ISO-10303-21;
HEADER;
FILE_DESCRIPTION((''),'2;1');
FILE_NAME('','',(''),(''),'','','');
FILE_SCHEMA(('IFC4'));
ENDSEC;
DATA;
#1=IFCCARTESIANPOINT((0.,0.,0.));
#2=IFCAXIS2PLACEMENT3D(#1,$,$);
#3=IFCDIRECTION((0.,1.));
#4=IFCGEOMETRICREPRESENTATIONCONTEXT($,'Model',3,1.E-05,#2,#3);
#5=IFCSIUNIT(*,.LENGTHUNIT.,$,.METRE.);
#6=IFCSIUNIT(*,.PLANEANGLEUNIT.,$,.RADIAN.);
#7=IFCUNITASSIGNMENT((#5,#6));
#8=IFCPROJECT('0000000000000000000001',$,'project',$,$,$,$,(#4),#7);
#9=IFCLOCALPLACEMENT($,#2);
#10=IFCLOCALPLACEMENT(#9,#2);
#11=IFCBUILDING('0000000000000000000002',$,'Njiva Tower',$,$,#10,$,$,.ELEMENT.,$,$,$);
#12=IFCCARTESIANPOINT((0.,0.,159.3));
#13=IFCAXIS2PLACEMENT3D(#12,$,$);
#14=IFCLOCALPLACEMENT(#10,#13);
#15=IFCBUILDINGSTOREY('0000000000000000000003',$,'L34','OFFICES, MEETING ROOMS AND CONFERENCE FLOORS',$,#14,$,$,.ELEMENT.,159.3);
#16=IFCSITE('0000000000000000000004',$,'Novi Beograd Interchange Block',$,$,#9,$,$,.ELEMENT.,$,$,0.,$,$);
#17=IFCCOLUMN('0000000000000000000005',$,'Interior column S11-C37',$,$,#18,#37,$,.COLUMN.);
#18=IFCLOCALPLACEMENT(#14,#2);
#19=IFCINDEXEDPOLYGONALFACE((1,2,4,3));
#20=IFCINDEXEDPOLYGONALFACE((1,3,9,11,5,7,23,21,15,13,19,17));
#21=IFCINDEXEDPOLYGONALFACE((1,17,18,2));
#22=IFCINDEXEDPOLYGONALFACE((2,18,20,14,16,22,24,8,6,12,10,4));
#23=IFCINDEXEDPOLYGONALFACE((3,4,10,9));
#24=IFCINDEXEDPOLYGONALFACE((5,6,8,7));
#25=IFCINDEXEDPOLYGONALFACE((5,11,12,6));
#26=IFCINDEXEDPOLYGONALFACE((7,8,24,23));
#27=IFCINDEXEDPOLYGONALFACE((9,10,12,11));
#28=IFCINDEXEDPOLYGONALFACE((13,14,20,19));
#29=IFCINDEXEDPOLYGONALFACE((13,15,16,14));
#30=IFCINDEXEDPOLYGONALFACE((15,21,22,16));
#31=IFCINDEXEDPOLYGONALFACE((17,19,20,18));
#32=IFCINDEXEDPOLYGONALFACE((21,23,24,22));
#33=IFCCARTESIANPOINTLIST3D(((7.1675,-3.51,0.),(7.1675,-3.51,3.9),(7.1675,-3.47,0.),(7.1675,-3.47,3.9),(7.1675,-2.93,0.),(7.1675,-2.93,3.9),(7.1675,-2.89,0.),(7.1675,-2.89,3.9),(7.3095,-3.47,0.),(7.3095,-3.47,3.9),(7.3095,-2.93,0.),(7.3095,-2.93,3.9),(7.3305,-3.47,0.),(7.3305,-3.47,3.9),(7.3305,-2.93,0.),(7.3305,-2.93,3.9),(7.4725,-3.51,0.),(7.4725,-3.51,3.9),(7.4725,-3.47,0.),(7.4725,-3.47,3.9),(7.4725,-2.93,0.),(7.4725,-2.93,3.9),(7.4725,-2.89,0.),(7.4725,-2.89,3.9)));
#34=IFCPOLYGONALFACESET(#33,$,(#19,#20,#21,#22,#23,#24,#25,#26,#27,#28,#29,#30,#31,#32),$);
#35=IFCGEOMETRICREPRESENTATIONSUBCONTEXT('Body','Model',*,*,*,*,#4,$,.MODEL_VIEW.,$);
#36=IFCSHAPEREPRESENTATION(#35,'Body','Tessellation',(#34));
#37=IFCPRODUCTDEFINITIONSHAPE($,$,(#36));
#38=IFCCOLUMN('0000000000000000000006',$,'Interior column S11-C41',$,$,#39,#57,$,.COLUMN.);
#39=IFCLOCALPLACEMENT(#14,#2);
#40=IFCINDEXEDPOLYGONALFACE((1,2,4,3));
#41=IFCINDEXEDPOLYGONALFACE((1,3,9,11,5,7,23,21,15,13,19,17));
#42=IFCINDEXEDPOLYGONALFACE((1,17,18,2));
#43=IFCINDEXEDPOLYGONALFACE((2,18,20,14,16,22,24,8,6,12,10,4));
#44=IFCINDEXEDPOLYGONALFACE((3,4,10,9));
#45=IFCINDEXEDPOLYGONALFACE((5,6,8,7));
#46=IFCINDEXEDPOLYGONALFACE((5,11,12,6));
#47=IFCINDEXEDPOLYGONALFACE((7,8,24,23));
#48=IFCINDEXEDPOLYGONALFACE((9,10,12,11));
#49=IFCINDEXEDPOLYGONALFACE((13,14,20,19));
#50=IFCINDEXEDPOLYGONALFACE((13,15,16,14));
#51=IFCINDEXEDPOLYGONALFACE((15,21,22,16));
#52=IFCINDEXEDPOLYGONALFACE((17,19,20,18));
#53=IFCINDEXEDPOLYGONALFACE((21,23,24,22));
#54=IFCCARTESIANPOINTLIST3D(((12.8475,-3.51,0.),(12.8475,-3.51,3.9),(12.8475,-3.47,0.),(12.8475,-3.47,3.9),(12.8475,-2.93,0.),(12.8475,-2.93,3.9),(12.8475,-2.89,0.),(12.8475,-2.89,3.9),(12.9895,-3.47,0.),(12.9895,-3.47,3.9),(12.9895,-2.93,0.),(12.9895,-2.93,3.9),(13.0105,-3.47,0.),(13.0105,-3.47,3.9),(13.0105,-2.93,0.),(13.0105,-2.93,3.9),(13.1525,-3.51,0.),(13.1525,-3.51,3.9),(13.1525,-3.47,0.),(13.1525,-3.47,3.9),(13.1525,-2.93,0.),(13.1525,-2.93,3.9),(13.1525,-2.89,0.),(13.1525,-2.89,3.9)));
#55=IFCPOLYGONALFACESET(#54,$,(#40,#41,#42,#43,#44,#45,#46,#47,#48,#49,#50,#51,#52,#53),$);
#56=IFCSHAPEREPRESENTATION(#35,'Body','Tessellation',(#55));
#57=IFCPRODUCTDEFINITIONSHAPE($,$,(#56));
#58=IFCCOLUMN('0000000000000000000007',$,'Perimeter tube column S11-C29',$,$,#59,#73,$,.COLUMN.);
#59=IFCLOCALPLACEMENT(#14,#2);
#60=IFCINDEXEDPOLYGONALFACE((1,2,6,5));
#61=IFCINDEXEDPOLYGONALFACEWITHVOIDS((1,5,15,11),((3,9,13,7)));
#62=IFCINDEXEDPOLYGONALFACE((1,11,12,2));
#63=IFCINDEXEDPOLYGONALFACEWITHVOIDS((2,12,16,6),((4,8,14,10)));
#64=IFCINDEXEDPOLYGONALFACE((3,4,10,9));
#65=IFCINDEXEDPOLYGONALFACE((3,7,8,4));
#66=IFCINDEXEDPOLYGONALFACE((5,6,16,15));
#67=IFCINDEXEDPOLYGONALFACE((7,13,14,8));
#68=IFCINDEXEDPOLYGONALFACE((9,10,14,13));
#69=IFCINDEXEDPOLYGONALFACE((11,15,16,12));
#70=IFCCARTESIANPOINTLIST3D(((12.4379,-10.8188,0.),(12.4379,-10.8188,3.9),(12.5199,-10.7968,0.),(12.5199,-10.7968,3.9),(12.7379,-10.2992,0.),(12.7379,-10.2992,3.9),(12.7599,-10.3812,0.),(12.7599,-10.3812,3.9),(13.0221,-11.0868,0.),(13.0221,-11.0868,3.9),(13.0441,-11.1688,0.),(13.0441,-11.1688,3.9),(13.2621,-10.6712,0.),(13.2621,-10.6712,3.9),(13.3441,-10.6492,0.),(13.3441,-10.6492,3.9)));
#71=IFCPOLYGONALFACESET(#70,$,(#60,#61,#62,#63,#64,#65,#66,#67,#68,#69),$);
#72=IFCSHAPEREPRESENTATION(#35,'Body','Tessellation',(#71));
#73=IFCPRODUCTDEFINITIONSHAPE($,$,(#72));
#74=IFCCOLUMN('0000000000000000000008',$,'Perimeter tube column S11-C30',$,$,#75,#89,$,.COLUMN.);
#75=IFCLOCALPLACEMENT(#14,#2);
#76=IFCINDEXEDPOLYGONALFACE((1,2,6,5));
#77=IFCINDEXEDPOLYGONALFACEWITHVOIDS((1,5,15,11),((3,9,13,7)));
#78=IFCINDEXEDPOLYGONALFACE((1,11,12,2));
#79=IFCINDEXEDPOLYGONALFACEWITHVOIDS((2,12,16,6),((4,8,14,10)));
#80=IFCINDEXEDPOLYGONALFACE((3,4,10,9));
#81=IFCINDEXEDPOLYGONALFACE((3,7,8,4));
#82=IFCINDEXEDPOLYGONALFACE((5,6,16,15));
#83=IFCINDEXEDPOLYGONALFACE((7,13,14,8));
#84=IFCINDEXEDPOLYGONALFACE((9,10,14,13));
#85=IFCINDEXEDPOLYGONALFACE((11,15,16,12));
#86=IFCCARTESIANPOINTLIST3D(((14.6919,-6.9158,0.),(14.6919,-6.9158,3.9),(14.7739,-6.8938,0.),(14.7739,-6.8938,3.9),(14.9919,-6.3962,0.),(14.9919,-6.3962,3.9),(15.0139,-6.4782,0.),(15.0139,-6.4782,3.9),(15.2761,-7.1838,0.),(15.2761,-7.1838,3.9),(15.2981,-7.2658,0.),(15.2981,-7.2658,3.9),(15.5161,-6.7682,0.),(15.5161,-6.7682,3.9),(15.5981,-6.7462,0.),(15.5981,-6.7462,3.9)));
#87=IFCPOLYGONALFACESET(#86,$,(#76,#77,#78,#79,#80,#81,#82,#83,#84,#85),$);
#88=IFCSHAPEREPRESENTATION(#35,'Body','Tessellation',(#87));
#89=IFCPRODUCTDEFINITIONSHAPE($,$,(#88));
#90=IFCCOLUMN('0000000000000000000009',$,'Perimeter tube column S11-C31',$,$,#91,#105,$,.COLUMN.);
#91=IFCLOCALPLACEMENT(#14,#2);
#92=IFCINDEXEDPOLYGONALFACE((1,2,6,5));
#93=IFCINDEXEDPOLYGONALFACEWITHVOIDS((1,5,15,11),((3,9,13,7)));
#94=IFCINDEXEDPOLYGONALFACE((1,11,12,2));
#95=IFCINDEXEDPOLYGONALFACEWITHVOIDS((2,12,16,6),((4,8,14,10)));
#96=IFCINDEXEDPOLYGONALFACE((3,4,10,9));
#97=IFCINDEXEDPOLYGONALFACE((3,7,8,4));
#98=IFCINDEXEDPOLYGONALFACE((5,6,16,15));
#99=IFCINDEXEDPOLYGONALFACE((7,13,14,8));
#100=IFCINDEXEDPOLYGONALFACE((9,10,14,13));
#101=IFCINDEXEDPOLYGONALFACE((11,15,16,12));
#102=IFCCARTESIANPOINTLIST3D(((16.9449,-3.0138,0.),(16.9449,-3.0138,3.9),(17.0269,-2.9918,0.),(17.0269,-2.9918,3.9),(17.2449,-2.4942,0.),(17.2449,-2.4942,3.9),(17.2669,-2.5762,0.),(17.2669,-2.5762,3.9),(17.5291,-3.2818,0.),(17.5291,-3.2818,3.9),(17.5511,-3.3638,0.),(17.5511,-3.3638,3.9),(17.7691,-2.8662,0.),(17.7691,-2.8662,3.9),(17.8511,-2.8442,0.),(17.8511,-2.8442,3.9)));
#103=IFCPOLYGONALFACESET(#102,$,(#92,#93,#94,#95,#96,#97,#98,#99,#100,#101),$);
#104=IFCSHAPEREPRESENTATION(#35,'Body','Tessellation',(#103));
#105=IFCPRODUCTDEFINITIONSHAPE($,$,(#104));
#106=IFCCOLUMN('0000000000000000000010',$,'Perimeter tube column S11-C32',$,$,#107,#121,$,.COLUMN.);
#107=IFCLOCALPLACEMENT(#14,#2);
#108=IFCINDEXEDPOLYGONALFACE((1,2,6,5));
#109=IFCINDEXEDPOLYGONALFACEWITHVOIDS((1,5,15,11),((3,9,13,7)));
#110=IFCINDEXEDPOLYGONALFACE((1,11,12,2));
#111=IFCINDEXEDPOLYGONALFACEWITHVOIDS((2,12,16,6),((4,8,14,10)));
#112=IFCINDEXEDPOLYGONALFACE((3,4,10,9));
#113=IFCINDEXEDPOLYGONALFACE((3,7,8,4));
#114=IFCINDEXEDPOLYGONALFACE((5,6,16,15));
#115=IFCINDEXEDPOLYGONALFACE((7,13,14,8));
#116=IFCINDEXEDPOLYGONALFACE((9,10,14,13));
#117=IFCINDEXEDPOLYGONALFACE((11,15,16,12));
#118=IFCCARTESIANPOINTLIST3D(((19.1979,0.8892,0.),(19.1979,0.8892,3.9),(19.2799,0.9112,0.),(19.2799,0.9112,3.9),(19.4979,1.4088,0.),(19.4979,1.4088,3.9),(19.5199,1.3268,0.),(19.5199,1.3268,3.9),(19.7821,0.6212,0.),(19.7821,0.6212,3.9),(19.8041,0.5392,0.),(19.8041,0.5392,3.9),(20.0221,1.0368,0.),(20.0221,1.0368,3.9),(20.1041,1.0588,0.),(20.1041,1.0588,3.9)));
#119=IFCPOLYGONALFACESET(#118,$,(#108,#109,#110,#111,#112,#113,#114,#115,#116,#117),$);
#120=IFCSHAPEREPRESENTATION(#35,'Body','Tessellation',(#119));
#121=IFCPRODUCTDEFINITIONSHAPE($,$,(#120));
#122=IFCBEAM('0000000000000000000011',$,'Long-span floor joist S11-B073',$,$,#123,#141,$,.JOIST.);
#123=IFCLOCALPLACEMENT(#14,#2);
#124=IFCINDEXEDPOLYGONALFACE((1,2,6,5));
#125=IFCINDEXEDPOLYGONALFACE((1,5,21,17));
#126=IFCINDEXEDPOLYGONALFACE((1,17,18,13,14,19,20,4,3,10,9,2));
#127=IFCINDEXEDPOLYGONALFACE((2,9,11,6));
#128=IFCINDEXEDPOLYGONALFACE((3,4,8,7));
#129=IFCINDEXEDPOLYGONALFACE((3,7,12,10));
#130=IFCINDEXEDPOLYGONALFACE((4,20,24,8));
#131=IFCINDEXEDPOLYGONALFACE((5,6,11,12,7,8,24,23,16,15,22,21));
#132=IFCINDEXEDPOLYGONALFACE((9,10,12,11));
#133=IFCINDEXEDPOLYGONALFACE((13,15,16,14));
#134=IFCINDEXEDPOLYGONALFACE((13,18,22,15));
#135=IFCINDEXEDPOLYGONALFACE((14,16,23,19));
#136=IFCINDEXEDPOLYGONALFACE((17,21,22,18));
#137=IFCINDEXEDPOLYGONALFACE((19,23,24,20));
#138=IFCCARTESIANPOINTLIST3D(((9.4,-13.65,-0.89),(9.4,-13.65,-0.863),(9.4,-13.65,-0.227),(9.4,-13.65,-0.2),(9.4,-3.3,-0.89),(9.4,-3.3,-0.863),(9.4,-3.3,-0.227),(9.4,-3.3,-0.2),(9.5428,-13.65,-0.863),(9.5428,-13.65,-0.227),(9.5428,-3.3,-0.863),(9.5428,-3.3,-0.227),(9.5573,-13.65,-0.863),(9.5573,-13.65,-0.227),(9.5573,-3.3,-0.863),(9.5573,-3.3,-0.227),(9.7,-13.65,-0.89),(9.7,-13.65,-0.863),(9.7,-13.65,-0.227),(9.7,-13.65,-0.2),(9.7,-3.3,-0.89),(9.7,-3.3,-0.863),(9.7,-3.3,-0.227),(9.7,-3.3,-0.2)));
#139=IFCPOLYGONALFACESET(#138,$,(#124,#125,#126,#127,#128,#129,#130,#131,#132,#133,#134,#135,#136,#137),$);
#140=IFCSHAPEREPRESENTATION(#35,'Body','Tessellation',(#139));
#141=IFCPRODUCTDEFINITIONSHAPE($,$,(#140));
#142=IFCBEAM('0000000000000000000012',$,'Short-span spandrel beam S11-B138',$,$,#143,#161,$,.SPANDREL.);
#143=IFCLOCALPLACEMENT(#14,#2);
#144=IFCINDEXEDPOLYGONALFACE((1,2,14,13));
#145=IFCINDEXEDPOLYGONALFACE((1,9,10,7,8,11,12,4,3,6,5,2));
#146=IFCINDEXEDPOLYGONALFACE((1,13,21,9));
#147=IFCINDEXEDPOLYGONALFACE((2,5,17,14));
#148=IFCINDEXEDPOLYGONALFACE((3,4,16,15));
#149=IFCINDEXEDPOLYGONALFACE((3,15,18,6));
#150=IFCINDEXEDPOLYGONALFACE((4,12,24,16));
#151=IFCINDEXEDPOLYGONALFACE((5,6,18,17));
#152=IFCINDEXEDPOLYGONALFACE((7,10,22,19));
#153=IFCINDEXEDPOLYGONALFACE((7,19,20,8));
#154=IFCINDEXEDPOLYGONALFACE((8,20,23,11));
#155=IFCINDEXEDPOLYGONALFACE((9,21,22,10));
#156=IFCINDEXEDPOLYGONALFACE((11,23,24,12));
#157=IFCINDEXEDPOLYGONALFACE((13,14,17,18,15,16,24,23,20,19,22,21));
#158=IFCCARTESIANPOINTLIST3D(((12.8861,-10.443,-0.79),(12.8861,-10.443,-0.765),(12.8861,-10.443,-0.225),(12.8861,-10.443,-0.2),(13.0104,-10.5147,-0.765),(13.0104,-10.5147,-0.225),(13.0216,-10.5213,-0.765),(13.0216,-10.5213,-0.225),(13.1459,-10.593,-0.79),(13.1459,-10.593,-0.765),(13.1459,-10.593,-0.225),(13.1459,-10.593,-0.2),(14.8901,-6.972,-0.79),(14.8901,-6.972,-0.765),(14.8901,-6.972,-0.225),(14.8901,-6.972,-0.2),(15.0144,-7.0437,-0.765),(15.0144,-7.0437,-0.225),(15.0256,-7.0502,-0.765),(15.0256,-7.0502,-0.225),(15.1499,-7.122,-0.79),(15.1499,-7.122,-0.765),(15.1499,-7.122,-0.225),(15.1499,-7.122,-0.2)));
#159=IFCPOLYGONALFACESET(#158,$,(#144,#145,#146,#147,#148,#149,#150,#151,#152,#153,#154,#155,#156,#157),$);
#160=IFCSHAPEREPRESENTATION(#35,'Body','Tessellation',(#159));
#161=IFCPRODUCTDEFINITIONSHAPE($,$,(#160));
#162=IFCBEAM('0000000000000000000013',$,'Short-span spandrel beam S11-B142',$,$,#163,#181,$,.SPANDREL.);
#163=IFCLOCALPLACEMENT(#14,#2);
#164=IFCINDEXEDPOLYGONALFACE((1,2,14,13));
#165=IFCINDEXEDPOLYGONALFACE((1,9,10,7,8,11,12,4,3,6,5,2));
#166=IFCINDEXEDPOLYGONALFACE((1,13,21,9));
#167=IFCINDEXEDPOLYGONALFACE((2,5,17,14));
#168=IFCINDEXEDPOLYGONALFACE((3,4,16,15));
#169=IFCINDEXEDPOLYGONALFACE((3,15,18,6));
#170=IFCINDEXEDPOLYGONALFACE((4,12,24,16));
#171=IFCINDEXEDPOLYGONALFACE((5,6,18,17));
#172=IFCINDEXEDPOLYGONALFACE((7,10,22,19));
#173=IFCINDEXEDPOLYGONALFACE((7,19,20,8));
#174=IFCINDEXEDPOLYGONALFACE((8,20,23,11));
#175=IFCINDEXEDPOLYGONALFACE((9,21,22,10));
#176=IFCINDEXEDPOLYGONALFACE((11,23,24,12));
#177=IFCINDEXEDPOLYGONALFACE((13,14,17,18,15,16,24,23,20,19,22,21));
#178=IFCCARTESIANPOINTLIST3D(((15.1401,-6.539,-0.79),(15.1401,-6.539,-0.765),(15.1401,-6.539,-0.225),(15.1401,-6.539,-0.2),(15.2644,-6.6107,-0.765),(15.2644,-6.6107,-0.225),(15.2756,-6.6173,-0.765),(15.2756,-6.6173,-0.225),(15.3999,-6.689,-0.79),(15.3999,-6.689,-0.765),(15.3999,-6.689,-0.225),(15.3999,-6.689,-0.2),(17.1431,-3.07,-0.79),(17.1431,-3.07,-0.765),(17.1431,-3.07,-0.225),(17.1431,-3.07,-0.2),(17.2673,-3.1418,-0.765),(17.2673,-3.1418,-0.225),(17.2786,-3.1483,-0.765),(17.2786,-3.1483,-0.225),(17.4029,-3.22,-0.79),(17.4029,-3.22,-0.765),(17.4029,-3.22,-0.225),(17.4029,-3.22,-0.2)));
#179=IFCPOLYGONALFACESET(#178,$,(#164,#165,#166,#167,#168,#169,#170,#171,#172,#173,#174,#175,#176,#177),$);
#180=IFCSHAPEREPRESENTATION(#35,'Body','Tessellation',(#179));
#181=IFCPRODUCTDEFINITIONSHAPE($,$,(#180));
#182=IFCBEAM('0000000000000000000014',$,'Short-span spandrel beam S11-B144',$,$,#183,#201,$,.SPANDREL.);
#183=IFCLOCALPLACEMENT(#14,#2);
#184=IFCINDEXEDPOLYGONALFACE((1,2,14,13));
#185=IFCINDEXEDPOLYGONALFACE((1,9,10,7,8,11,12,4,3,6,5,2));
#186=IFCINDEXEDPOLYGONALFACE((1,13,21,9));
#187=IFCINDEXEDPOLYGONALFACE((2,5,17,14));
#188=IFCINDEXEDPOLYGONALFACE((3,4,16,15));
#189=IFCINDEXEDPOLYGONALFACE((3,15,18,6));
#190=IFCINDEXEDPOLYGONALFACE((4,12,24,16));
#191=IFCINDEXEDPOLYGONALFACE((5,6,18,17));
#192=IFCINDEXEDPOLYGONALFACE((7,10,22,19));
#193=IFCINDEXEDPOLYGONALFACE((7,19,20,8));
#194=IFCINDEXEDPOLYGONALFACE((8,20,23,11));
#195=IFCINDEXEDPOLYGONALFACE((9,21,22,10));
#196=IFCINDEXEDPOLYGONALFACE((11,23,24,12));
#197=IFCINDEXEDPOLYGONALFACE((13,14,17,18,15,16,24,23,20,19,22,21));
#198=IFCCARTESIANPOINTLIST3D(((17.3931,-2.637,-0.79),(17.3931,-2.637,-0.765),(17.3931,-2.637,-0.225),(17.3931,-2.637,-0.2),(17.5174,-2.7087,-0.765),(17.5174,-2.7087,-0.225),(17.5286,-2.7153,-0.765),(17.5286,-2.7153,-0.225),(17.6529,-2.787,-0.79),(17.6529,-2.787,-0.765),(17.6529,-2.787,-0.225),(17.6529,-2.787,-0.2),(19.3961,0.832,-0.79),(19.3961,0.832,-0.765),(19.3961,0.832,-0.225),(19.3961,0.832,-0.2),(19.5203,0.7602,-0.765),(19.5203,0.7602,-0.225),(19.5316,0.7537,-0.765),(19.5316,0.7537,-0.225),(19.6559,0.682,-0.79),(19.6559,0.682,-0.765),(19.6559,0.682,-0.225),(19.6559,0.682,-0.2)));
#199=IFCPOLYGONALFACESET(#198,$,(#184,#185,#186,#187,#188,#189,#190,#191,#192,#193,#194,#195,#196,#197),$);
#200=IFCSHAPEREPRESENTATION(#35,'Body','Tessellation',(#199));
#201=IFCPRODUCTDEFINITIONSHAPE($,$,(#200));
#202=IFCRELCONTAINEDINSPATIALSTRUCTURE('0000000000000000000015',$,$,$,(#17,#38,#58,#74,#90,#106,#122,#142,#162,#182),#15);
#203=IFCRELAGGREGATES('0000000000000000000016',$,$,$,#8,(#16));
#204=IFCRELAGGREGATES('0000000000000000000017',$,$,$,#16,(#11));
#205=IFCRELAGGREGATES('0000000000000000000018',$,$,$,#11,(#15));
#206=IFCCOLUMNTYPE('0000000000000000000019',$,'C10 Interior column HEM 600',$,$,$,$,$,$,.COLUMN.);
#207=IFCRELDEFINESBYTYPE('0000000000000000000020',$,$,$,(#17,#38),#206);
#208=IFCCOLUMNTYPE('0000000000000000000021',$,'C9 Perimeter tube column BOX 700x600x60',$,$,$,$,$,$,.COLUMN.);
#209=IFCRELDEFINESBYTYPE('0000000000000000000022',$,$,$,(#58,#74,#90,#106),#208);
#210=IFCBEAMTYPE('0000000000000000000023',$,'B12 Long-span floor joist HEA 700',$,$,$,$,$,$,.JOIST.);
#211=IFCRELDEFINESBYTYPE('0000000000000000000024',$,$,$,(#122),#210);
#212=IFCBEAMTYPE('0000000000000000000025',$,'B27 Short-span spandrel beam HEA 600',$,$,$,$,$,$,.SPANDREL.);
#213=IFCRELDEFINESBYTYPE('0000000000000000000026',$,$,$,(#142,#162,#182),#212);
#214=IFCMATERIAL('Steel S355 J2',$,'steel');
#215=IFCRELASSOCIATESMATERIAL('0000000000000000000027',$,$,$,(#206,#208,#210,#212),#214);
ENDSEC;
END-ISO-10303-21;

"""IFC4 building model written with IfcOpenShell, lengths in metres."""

from ifc_helpers import new_model, si_unit, direction, frame, origin, origin_2d, place, context, subcontext, project, spatial, hollow_rectangle, i_section, extrude, material, material_profile, profile_set, type_object, element, save


model = new_model("IFC4")

# Units and contexts
model_context = context("Model", 3, precision=1e-05, world=origin(), true_north=direction((0.0, 1.0)))
body_context = subcontext(model_context, "Body", "Model", "MODEL_VIEW")
ifc_project = project(units=[si_unit("LENGTHUNIT", "METRE"), si_unit("PLANEANGLEUNIT", "RADIAN")], contexts=[model_context])

# Site, building, storey
site_placement = place(None, origin())
site = spatial("IfcSite", under=ifc_project, at=site_placement, Name="Novi Beograd Interchange Block", CompositionType="ELEMENT", RefElevation=0.0)
building_placement = place(site_placement, origin())
building = spatial("IfcBuilding", under=site, at=building_placement, Name="Njiva Tower", CompositionType="ELEMENT")
storey_placement = place(building_placement, frame((0.0, 0.0, 159.3)))
storey = spatial("IfcBuildingStorey", under=building, at=storey_placement, Name="L34", Description="OFFICES, MEETING ROOMS AND CONFERENCE FLOORS", CompositionType="ELEMENT", Elevation=159.3)

# Columns
ifc_material_1 = material(Name="Steel S355 J2", Category="steel")
ifc_material_profile_1 = material_profile(ifc_material_1, i_section(OverallWidth=0.305, OverallDepth=0.62, WebThickness=0.021, FlangeThickness=0.04, at=origin_2d()), Name="HEM 600")
ifc_profile_set_1 = profile_set([ifc_material_profile_1], Name="Steel S355 J2")
column_type_1 = type_object("IfcColumnType", Name="C10 Interior column HEM 600", PredefinedType="COLUMN", material=ifc_profile_set_1)
for number, where, z_axis, x_axis, name in (
    (1, (7.32, -3.2, 0.0), (0.0, 0.0, 1.0), (1.0, 0.0, 0.0), "Interior column S11-C37"),
    (2, (13.0, -3.2, 0.0), (0.0, 0.0, 1.0), (1.0, 0.0, 0.0), "Interior column S11-C41"),
):
    element("IfcColumn", number, at=place(storey_placement, frame(where, z_axis=z_axis, x_axis=x_axis)), inside=storey, type_object=column_type_1, Name=name, PredefinedType="COLUMN", context=body_context, shape_type="SweptSolid", body=[
        extrude(i_section(OverallWidth=0.305, OverallDepth=0.62, WebThickness=0.021, FlangeThickness=0.04, at=origin_2d()), origin(), (0.0, 0.0, 1.0), 3.9),
    ])
ifc_material_profile_2 = material_profile(ifc_material_1, hollow_rectangle(XDim=0.6, YDim=0.7, WallThickness=0.06, at=origin_2d()), Name="BOX 700x600x60")
ifc_profile_set_2 = profile_set([ifc_material_profile_2], Name="Steel S355 J2")
column_type_2 = type_object("IfcColumnType", Name="C9 Perimeter tube column BOX 700x600x60", PredefinedType="COLUMN", material=ifc_profile_set_2)
for number, where, z_axis, x_axis, name in (
    (3, (12.891, -10.734, 0.0), (0.0, 0.0, 1.0), (0.5, 0.866025, 0.0), "Perimeter tube column S11-C29"),
    (4, (15.145, -6.831, 0.0), (0.0, 0.0, 1.0), (0.5, 0.866025, 0.0), "Perimeter tube column S11-C30"),
    (5, (17.398, -2.929, 0.0), (0.0, 0.0, 1.0), (0.5, 0.866025, 0.0), "Perimeter tube column S11-C31"),
    (6, (19.651, 0.974, 0.0), (0.0, 0.0, 1.0), (0.5, 0.866025, 0.0), "Perimeter tube column S11-C32"),
):
    element("IfcColumn", number, at=place(storey_placement, frame(where, z_axis=z_axis, x_axis=x_axis)), inside=storey, type_object=column_type_2, Name=name, PredefinedType="COLUMN", context=body_context, shape_type="SweptSolid", body=[
        extrude(hollow_rectangle(XDim=0.6, YDim=0.7, WallThickness=0.06, at=origin_2d()), origin(), (0.0, 0.0, 1.0), 3.9),
    ])

# Beams
ifc_material_profile_3 = material_profile(ifc_material_1, i_section(OverallWidth=0.3, OverallDepth=0.69, WebThickness=0.0145, FlangeThickness=0.027, at=origin_2d()), Name="HEA 700")
ifc_profile_set_3 = profile_set([ifc_material_profile_3], Name="Steel S355 J2")
beam_type_1 = type_object("IfcBeamType", Name="B12 Long-span floor joist HEA 700", PredefinedType="JOIST", material=ifc_profile_set_3)
beam_1_placement = place(storey_placement, frame((9.55, -3.3, -0.545), z_axis=(0.0, -1.0, 0.0), x_axis=(1.0, 0.0, 0.0)))
element("IfcBeam", 7, at=beam_1_placement, inside=storey, type_object=beam_type_1, Name="Long-span floor joist S11-B073", PredefinedType="JOIST", context=body_context, shape_type="SweptSolid", body=[
    extrude(i_section(OverallWidth=0.3, OverallDepth=0.69, WebThickness=0.0145, FlangeThickness=0.027, at=origin_2d()), origin(), (0.0, 0.0, 1.0), 10.35),
])
ifc_material_profile_4 = material_profile(ifc_material_1, i_section(OverallWidth=0.3, OverallDepth=0.59, WebThickness=0.013, FlangeThickness=0.025, at=origin_2d()), Name="HEA 600")
ifc_profile_set_4 = profile_set([ifc_material_profile_4], Name="Steel S355 J2")
beam_type_2 = type_object("IfcBeamType", Name="B27 Short-span spandrel beam HEA 600", PredefinedType="SPANDREL", material=ifc_profile_set_4)
beam_2_placement = place(storey_placement, frame((13.016, -10.518, -0.495), z_axis=(0.500003, 0.866024, 0.0), x_axis=(-0.866024, 0.500003, 0.0)))
element("IfcBeam", 8, at=beam_2_placement, inside=storey, type_object=beam_type_2, Name="Short-span spandrel beam S11-B138", PredefinedType="SPANDREL", context=body_context, shape_type="SweptSolid", body=[
    extrude(i_section(OverallWidth=0.3, OverallDepth=0.59, WebThickness=0.013, FlangeThickness=0.025, at=origin_2d()), origin(), (0.0, 0.0, 1.0), 4.008),
])
for number, where, z_axis, x_axis, name in (
    (9, (15.27, -6.614, -0.495), (0.500032, 0.866007, 0.0), (-0.866007, 0.500032, 0.0), "Short-span spandrel beam S11-B142"),
    (10, (17.523, -2.712, -0.495), (0.500032, 0.866007, 0.0), (-0.866007, 0.500032, 0.0), "Short-span spandrel beam S11-B144"),
):
    element("IfcBeam", number, at=place(storey_placement, frame(where, z_axis=z_axis, x_axis=x_axis)), inside=storey, type_object=beam_type_2, Name=name, PredefinedType="SPANDREL", context=body_context, shape_type="SweptSolid", body=[
        extrude(i_section(OverallWidth=0.3, OverallDepth=0.59, WebThickness=0.013, FlangeThickness=0.025, at=origin_2d()), origin(), (0.0, 0.0, 1.0), 4.0057),
    ])

save(model, "model.ifc")
